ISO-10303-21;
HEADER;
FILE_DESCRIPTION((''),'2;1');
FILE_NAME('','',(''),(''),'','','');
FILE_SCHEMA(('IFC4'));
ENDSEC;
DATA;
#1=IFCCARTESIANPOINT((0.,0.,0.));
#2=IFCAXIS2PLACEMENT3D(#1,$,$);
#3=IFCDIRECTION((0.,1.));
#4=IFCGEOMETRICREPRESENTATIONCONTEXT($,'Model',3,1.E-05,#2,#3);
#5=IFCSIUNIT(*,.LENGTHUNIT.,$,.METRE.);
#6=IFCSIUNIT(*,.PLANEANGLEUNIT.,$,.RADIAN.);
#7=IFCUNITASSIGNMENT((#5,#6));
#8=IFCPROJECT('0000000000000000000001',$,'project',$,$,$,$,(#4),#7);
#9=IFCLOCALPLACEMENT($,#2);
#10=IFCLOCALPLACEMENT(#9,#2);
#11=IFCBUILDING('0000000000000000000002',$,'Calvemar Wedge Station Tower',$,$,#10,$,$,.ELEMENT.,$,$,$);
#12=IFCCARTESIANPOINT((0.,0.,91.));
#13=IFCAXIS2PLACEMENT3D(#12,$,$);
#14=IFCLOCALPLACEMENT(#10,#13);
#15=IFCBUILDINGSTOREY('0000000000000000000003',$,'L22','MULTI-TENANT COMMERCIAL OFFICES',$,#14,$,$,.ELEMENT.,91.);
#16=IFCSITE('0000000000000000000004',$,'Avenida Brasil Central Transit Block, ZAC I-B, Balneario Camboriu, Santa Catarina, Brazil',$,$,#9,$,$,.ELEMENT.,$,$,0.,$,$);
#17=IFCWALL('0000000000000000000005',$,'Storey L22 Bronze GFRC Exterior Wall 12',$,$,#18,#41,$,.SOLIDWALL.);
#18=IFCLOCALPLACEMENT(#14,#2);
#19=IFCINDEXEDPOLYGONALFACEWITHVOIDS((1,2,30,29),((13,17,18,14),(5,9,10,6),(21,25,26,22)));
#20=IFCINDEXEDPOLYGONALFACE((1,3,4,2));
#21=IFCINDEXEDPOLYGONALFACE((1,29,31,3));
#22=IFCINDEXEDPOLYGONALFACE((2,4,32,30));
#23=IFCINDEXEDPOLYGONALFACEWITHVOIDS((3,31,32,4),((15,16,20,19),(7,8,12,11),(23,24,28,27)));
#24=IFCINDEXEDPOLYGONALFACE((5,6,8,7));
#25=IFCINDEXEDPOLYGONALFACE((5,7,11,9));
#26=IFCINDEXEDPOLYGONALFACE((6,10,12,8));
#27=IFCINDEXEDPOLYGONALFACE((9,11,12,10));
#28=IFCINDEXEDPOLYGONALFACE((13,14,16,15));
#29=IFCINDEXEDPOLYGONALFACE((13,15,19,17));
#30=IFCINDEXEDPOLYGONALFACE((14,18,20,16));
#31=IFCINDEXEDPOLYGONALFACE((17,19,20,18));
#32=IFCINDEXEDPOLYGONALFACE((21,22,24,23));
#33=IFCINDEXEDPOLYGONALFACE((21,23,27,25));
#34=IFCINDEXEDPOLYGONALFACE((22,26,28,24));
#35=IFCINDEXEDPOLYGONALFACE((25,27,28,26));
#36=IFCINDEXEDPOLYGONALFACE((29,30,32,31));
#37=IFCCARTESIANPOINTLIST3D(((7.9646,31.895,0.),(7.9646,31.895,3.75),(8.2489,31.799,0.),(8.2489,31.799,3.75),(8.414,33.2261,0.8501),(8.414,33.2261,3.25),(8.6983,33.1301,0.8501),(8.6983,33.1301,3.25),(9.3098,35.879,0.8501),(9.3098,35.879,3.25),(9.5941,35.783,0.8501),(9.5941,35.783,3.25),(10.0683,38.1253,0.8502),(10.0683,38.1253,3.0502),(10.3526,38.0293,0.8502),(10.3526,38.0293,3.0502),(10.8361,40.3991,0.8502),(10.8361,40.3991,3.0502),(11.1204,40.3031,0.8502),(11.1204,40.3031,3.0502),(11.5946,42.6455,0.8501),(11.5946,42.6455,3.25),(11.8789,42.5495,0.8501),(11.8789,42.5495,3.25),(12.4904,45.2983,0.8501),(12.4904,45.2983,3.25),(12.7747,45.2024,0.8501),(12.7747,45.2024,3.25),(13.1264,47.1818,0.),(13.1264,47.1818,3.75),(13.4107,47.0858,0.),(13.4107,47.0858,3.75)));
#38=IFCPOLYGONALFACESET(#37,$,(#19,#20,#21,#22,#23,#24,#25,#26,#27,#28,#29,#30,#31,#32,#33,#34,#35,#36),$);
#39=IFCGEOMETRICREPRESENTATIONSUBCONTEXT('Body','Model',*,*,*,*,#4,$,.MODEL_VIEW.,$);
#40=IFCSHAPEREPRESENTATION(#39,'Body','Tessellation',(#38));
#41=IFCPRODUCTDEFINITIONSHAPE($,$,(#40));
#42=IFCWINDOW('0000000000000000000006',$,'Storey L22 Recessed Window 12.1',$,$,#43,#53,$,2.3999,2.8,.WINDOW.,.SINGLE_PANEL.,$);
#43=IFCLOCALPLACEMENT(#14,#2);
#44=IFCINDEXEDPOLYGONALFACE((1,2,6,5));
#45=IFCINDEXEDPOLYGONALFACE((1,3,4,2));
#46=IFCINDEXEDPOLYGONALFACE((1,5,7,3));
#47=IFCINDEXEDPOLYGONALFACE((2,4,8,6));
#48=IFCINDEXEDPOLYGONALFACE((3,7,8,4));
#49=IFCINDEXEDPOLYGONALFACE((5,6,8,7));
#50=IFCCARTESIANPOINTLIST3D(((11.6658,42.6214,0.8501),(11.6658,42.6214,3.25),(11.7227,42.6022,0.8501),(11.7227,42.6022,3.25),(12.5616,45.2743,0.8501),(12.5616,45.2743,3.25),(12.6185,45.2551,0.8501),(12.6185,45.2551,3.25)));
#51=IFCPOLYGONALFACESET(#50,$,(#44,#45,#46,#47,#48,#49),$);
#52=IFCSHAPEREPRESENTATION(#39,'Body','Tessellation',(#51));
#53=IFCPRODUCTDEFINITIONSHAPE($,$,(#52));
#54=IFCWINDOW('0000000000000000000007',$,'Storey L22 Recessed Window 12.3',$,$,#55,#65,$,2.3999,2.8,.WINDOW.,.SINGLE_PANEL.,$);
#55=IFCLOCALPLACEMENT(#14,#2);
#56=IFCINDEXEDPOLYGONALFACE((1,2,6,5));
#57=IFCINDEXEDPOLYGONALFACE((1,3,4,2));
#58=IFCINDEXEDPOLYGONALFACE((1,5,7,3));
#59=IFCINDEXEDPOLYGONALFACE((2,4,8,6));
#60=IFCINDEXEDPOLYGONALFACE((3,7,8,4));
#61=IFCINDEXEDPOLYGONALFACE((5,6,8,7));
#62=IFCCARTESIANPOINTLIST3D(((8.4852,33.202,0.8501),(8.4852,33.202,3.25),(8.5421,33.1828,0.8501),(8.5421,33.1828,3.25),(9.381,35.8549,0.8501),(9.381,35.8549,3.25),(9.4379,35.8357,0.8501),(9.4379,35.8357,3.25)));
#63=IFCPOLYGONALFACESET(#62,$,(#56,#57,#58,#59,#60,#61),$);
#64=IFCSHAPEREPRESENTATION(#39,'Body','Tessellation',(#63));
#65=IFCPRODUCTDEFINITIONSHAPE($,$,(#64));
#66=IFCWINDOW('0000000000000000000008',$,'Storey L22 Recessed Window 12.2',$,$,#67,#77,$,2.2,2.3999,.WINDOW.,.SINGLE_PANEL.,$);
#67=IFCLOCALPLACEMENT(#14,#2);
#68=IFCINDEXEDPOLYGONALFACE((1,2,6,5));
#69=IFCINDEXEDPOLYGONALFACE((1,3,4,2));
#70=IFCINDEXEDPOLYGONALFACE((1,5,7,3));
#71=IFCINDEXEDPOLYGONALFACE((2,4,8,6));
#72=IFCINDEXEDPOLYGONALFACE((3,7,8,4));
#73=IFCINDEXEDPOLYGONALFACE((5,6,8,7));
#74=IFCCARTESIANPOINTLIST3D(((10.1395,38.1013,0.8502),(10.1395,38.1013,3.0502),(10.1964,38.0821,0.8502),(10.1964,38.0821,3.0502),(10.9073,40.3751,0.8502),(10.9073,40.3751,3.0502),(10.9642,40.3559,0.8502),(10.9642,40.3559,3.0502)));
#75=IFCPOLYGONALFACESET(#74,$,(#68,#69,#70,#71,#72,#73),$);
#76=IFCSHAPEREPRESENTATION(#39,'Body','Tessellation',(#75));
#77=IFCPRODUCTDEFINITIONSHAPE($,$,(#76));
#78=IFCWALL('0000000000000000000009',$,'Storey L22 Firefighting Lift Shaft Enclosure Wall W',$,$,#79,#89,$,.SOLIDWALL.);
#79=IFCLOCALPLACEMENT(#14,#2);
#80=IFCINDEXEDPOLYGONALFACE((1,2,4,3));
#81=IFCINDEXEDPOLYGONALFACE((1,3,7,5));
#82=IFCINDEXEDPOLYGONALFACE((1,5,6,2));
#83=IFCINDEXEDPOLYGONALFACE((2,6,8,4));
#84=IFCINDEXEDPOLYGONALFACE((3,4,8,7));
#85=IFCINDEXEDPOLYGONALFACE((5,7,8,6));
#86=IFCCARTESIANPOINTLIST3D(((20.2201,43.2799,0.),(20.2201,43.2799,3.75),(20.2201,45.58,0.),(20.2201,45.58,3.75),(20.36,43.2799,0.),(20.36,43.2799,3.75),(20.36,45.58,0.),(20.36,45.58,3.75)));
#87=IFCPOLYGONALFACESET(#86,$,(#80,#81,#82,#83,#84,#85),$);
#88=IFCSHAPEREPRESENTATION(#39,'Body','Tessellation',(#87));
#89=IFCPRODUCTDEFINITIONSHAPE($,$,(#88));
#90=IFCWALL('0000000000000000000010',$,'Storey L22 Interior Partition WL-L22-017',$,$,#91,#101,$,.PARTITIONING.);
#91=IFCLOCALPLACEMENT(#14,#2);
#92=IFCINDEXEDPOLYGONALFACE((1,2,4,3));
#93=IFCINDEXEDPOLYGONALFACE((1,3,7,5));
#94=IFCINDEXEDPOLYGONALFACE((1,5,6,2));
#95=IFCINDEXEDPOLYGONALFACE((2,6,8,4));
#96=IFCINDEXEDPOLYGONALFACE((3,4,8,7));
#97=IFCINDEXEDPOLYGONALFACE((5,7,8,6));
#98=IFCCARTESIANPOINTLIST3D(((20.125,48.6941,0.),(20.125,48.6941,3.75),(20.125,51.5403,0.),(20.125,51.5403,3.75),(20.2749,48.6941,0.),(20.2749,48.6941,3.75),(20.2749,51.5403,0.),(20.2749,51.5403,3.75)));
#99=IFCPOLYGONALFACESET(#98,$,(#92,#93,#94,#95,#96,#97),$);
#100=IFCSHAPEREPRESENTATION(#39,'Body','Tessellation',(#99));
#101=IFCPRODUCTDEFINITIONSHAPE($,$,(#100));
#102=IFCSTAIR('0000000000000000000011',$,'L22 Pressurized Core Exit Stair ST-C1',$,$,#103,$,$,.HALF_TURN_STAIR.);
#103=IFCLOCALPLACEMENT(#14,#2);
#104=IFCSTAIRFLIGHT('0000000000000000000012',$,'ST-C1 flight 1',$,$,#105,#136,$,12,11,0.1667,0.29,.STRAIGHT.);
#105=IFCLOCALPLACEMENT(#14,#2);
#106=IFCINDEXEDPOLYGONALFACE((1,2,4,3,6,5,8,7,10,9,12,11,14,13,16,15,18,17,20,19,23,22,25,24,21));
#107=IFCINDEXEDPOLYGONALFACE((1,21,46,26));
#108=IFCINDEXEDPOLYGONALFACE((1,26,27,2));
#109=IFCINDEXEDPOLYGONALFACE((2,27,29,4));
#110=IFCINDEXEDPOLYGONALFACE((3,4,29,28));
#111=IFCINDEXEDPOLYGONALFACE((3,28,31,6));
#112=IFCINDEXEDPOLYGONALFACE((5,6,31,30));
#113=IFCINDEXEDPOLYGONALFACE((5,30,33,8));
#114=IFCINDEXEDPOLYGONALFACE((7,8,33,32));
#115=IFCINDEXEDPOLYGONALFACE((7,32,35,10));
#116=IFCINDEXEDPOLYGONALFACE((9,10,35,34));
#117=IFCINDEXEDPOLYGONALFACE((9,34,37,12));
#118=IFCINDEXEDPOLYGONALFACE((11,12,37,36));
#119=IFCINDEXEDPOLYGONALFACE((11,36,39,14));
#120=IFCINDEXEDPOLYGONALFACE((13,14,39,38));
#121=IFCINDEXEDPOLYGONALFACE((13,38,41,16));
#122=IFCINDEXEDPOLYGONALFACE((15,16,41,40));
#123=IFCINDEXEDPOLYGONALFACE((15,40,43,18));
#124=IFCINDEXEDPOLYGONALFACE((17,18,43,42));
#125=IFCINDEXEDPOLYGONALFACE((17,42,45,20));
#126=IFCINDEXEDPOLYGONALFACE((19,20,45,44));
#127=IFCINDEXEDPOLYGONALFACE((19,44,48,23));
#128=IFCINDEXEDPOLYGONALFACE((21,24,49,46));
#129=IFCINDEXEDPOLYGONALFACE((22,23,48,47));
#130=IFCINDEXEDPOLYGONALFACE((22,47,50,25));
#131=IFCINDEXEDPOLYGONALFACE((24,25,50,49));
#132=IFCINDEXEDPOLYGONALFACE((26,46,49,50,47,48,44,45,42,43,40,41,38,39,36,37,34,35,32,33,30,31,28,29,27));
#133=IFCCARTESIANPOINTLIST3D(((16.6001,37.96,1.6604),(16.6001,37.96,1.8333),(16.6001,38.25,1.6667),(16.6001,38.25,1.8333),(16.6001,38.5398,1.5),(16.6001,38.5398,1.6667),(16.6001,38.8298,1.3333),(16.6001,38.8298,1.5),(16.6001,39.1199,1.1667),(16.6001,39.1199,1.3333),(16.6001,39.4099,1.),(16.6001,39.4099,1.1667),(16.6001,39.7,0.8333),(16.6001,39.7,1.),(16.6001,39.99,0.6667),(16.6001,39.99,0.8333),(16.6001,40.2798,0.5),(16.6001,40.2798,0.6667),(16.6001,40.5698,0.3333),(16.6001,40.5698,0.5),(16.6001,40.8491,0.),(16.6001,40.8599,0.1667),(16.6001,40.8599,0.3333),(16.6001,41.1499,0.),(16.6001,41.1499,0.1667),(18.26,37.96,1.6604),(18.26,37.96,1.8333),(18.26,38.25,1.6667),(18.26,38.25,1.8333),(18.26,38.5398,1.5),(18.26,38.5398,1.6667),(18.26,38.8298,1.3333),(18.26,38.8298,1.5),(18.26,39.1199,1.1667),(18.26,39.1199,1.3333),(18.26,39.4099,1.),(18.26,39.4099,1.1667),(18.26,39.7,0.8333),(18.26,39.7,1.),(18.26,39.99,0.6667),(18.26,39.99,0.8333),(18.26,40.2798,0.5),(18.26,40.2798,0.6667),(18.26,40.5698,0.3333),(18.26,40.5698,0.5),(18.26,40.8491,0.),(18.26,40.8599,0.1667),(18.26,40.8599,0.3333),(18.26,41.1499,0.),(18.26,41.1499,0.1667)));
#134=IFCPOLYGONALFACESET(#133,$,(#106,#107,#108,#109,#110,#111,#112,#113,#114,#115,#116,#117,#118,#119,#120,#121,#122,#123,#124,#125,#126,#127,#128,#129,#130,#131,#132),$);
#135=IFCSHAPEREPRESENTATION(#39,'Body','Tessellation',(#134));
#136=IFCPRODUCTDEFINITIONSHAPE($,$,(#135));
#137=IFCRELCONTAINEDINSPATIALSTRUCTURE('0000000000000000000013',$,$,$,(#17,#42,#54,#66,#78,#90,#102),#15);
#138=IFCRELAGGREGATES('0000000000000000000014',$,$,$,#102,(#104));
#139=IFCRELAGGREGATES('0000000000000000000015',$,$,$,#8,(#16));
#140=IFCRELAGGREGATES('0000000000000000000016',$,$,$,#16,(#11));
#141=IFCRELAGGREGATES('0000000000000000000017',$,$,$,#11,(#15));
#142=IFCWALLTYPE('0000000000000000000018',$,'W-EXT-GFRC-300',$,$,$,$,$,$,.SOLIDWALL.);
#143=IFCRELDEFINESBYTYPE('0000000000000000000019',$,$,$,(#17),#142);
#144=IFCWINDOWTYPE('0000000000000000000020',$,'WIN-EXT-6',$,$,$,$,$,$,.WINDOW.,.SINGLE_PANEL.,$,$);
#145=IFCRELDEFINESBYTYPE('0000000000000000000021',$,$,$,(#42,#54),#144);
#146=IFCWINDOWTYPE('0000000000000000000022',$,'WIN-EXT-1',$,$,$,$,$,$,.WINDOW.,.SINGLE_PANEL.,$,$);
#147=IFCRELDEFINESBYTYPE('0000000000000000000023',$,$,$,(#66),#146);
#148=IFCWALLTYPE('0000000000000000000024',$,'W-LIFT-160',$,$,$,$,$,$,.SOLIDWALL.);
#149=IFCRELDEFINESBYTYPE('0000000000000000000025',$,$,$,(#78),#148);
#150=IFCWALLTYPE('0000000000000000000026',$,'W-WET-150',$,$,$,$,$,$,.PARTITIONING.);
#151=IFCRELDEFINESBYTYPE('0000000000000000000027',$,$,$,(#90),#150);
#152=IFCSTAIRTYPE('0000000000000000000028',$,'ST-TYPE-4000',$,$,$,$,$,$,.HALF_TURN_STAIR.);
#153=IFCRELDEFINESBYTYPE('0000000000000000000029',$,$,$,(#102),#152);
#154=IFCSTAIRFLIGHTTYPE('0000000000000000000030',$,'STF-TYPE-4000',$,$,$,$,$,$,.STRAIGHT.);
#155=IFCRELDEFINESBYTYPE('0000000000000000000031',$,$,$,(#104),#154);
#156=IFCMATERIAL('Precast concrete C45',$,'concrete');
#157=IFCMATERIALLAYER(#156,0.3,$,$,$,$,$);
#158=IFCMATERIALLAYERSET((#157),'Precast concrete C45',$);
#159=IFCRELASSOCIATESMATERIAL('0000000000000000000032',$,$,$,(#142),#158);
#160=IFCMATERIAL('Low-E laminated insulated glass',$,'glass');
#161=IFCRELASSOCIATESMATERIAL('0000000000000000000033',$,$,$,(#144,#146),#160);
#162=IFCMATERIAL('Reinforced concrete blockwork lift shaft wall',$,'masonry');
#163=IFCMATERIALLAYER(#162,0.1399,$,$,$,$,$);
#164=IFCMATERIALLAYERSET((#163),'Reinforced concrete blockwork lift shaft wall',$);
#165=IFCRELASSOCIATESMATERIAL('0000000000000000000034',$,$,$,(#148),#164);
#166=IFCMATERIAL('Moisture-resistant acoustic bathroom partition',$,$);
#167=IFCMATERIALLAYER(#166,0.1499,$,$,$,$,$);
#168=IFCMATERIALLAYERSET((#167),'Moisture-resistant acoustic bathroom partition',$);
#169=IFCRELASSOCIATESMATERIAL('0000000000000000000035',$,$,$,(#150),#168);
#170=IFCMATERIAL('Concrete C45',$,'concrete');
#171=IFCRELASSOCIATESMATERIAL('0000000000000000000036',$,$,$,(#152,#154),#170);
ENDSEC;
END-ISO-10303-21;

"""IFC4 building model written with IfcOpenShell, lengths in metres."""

from ifc_helpers import new_model, si_unit, direction, frame, frame_2d, origin, place, context, subcontext, project, spatial, polyline, rectangle, outline, extrude, source, transform, mapped, material, layer, layer_set, type_object, element, fill, aggregate, save


model = new_model("IFC4")

# Units and contexts
model_context = context("Model", 3, precision=1e-05, world=origin(), true_north=direction((0.0, 1.0)))
body_context = subcontext(model_context, "Body", "Model", "MODEL_VIEW")
ifc_project = project(units=[si_unit("LENGTHUNIT", "METRE"), si_unit("PLANEANGLEUNIT", "RADIAN")], contexts=[model_context])

# Site, building, storey
site_placement = place(None, origin())
site = spatial("IfcSite", under=ifc_project, at=site_placement, Name="Avenida Brasil Central Transit Block, ZAC I-B, Balneario Camboriu, Santa Catarina, Brazil", CompositionType="ELEMENT", RefElevation=0.0)
building_placement = place(site_placement, origin())
building = spatial("IfcBuilding", under=site, at=building_placement, Name="Calvemar Wedge Station Tower", CompositionType="ELEMENT")
storey_placement = place(building_placement, frame((0.0, 0.0, 91.0)))
storey = spatial("IfcBuildingStorey", under=building, at=storey_placement, Name="L22", Description="MULTI-TENANT COMMERCIAL OFFICES", CompositionType="ELEMENT", Elevation=91.0)

# Wall, openings, windows
ifc_material_1 = material(Name="Precast concrete C45", Category="concrete")
ifc_layer_1 = layer(ifc_material_1, 0.3)
ifc_layer_set_1 = layer_set([ifc_layer_1], Name="Precast concrete C45")
wall_type_1 = type_object("IfcWallType", Name="W-EXT-GFRC-300", PredefinedType="SOLIDWALL", material=ifc_layer_set_1)
wall_1_placement = place(storey_placement, frame((13.2686, 47.1338, 0.0), z_axis=(0.0, 0.0, 1.0), x_axis=(-0.31992, -0.947444, 0.0)))
wall_1 = element("IfcWall", 1, at=wall_1_placement, inside=storey, type_object=wall_type_1, Name="Storey L22 Bronze GFRC Exterior Wall 12", PredefinedType="SOLIDWALL", context=body_context, shape_type="SweptSolid", body=[
    extrude(rectangle(XDim=16.1348, YDim=0.3, at=frame_2d((8.0674, 0.0))), origin(), (0.0, 0.0, 1.0), 3.75),
])
shared_shape_1 = source(origin(), body_context, "Body", "SweptSolid", [
    extrude(rectangle(XDim=2.8, YDim=2.3999, at=frame_2d((1.3999, 1.2))), frame((0.0, 0.1602, 0.0), z_axis=(0.0, -1.0, 0.0), x_axis=(1.0, 0.0, 0.0)), (0.0, 0.0, 1.0), 0.3201),
])
opening_1_placement = place(wall_1_placement, frame((1.988, 0.0, 0.8501)))
opening_1 = element("IfcOpeningElement", 2, at=opening_1_placement, cuts=wall_1, PredefinedType="OPENING", context=body_context, shape_type="MappedRepresentation", body=[
    mapped(shared_shape_1, transform((0.0, 0.0, 0.0), scale=1.0)),
])
shared_shape_2 = source(origin(), body_context, "Body", "SweptSolid", [
    extrude(rectangle(XDim=2.3999, YDim=2.2, at=frame_2d((1.2, 1.1001))), frame((0.0, 0.1602, 0.0), z_axis=(0.0, -1.0, 0.0), x_axis=(1.0, 0.0, 0.0)), (0.0, 0.0, 1.0), 0.3201),
])
opening_2_placement = place(wall_1_placement, frame((7.1589, 0.0, 0.8501)))
opening_2 = element("IfcOpeningElement", 3, at=opening_2_placement, cuts=wall_1, PredefinedType="OPENING", context=body_context, shape_type="MappedRepresentation", body=[
    mapped(shared_shape_2, transform((0.0, 0.0, 0.0), scale=1.0)),
])
opening_3_placement = place(wall_1_placement, frame((11.9299, 0.0, 0.8501)))
opening_3 = element("IfcOpeningElement", 4, at=opening_3_placement, cuts=wall_1, PredefinedType="OPENING", context=body_context, shape_type="MappedRepresentation", body=[
    mapped(shared_shape_1, transform((0.0, 0.0, 0.0), scale=1.0)),
])
ifc_material_2 = material(Name="Low-E laminated insulated glass", Category="glass")
window_type_1 = type_object("IfcWindowType", Name="WIN-EXT-6", PartitioningType="SINGLE_PANEL", PredefinedType="WINDOW", material=ifc_material_2)
shared_shape_3 = source(origin(), body_context, "Body", "SweptSolid", [
    extrude(rectangle(XDim=2.8, YDim=2.3999, at=frame_2d((1.3999, 1.2))), frame((0.0, -0.0149, 0.0), z_axis=(0.0, -1.0, 0.0), x_axis=(1.0, 0.0, 0.0)), (0.0, 0.0, 1.0), 0.0601),
])
window_1_placement = place(opening_1_placement, origin())
window_1 = element("IfcWindow", 5, at=window_1_placement, inside=storey, type_object=window_type_1, Name="Storey L22 Recessed Window 12.1", OverallHeight=2.3999, OverallWidth=2.8, PartitioningType="SINGLE_PANEL", PredefinedType="WINDOW", context=body_context, shape_type="MappedRepresentation", body=[
    mapped(shared_shape_3, transform((0.0, 0.0, 0.0), scale=1.0)),
])
fill(opening_1, window_1)
window_2_placement = place(opening_3_placement, origin())
window_2 = element("IfcWindow", 6, at=window_2_placement, inside=storey, type_object=window_type_1, Name="Storey L22 Recessed Window 12.3", OverallHeight=2.3999, OverallWidth=2.8, PartitioningType="SINGLE_PANEL", PredefinedType="WINDOW", context=body_context, shape_type="MappedRepresentation", body=[
    mapped(shared_shape_3, transform((0.0, 0.0, 0.0), scale=1.0)),
])
fill(opening_3, window_2)
window_type_2 = type_object("IfcWindowType", Name="WIN-EXT-1", PartitioningType="SINGLE_PANEL", PredefinedType="WINDOW", material=ifc_material_2)
shared_shape_4 = source(origin(), body_context, "Body", "SweptSolid", [
    extrude(rectangle(XDim=2.3999, YDim=2.2, at=frame_2d((1.2, 1.1001))), frame((0.0, -0.0149, 0.0), z_axis=(0.0, -1.0, 0.0), x_axis=(1.0, 0.0, 0.0)), (0.0, 0.0, 1.0), 0.0601),
])
window_3_placement = place(opening_2_placement, origin())
window_3 = element("IfcWindow", 7, at=window_3_placement, inside=storey, type_object=window_type_2, Name="Storey L22 Recessed Window 12.2", OverallHeight=2.2, OverallWidth=2.3999, PartitioningType="SINGLE_PANEL", PredefinedType="WINDOW", context=body_context, shape_type="MappedRepresentation", body=[
    mapped(shared_shape_4, transform((0.0, 0.0, 0.0), scale=1.0)),
])
fill(opening_2, window_3)

# Walls
ifc_material_3 = material(Name="Reinforced concrete blockwork lift shaft wall", Category="masonry")
ifc_layer_2 = layer(ifc_material_3, 0.1399)
ifc_layer_set_2 = layer_set([ifc_layer_2], Name="Reinforced concrete blockwork lift shaft wall")
wall_type_2 = type_object("IfcWallType", Name="W-LIFT-160", PredefinedType="SOLIDWALL", material=ifc_layer_set_2)
wall_2_placement = place(storey_placement, frame((20.29, 43.28, 0.0), z_axis=(0.0, 0.0, 1.0), x_axis=(0.0, 1.0, 0.0)))
element("IfcWall", 8, at=wall_2_placement, inside=storey, type_object=wall_type_2, Name="Storey L22 Firefighting Lift Shaft Enclosure Wall W", PredefinedType="SOLIDWALL", context=body_context, shape_type="SweptSolid", body=[
    extrude(rectangle(XDim=2.3, YDim=0.1399, at=frame_2d((1.1499, 0.0))), origin(), (0.0, 0.0, 1.0), 3.75),
])
ifc_material_4 = material(Name="Moisture-resistant acoustic bathroom partition")
ifc_layer_3 = layer(ifc_material_4, 0.1499)
ifc_layer_set_3 = layer_set([ifc_layer_3], Name="Moisture-resistant acoustic bathroom partition")
wall_type_3 = type_object("IfcWallType", Name="W-WET-150", PredefinedType="PARTITIONING", material=ifc_layer_set_3)
wall_3_placement = place(storey_placement, frame((20.2, 51.5403, 0.0), z_axis=(0.0, 0.0, 1.0), x_axis=(0.0, -1.0, 0.0)))
element("IfcWall", 9, at=wall_3_placement, inside=storey, type_object=wall_type_3, Name="Storey L22 Interior Partition WL-L22-017", PredefinedType="PARTITIONING", context=body_context, shape_type="SweptSolid", body=[
    extrude(rectangle(XDim=2.8462, YDim=0.1499, at=frame_2d((1.4231, 0.0))), origin(), (0.0, 0.0, 1.0), 3.75),
])

# Stair, stair flight
ifc_material_5 = material(Name="Concrete C45", Category="concrete")
stair_type = type_object("IfcStairType", Name="ST-TYPE-4000", PredefinedType="HALF_TURN_STAIR", material=ifc_material_5)
stair_placement = place(storey_placement, origin())
stair = element("IfcStair", 10, at=stair_placement, inside=storey, type_object=stair_type, Name="L22 Pressurized Core Exit Stair ST-C1", PredefinedType="HALF_TURN_STAIR")
stair_flight_type = type_object("IfcStairFlightType", Name="STF-TYPE-4000", PredefinedType="STRAIGHT", material=ifc_material_5)
stair_flight_placement = place(storey_placement, frame((17.4299, 41.1499, 0.0), z_axis=(0.0, 0.0, 1.0), x_axis=(0.0, -1.0, 0.0)))
stair_flight = element("IfcStairFlight", 11, at=stair_flight_placement, type_object=stair_flight_type, Name="ST-C1 flight 1", NumberOfRisers=12, NumberOfTreads=11, PredefinedType="STRAIGHT", RiserHeight=0.1667, TreadLength=0.29, context=body_context, shape_type="SweptSolid", body=[
    extrude(outline(polyline([(0.0, 0.0), (0.0, 0.1667), (0.29, 0.1667), (0.29, 0.3333), (0.5801, 0.3333), (0.5801, 0.5), (0.8701, 0.5), (0.8701, 0.6667), (1.1599, 0.6667), (1.1599, 0.8333), (1.45, 0.8333), (1.45, 1.0), (1.74, 1.0), (1.74, 1.1667), (2.03, 1.1667), (2.03, 1.3333), (2.3201, 1.3333), (2.3201, 1.5), (2.6101, 1.5), (2.6101, 1.6667), (2.8999, 1.6667), (2.8999, 1.8333), (3.1899, 1.8333), (3.1899, 2.0), (3.1899, 1.6604), (0.3008, 0.0), (0.0, 0.0)])), frame((0.0, 0.8301, 0.0), z_axis=(0.0, -1.0, 0.0), x_axis=(1.0, 0.0, 0.0)), (0.0, 0.0, 1.0), 1.6599),
])
aggregate(stair, [stair_flight])

save(model, "model.ifc")
